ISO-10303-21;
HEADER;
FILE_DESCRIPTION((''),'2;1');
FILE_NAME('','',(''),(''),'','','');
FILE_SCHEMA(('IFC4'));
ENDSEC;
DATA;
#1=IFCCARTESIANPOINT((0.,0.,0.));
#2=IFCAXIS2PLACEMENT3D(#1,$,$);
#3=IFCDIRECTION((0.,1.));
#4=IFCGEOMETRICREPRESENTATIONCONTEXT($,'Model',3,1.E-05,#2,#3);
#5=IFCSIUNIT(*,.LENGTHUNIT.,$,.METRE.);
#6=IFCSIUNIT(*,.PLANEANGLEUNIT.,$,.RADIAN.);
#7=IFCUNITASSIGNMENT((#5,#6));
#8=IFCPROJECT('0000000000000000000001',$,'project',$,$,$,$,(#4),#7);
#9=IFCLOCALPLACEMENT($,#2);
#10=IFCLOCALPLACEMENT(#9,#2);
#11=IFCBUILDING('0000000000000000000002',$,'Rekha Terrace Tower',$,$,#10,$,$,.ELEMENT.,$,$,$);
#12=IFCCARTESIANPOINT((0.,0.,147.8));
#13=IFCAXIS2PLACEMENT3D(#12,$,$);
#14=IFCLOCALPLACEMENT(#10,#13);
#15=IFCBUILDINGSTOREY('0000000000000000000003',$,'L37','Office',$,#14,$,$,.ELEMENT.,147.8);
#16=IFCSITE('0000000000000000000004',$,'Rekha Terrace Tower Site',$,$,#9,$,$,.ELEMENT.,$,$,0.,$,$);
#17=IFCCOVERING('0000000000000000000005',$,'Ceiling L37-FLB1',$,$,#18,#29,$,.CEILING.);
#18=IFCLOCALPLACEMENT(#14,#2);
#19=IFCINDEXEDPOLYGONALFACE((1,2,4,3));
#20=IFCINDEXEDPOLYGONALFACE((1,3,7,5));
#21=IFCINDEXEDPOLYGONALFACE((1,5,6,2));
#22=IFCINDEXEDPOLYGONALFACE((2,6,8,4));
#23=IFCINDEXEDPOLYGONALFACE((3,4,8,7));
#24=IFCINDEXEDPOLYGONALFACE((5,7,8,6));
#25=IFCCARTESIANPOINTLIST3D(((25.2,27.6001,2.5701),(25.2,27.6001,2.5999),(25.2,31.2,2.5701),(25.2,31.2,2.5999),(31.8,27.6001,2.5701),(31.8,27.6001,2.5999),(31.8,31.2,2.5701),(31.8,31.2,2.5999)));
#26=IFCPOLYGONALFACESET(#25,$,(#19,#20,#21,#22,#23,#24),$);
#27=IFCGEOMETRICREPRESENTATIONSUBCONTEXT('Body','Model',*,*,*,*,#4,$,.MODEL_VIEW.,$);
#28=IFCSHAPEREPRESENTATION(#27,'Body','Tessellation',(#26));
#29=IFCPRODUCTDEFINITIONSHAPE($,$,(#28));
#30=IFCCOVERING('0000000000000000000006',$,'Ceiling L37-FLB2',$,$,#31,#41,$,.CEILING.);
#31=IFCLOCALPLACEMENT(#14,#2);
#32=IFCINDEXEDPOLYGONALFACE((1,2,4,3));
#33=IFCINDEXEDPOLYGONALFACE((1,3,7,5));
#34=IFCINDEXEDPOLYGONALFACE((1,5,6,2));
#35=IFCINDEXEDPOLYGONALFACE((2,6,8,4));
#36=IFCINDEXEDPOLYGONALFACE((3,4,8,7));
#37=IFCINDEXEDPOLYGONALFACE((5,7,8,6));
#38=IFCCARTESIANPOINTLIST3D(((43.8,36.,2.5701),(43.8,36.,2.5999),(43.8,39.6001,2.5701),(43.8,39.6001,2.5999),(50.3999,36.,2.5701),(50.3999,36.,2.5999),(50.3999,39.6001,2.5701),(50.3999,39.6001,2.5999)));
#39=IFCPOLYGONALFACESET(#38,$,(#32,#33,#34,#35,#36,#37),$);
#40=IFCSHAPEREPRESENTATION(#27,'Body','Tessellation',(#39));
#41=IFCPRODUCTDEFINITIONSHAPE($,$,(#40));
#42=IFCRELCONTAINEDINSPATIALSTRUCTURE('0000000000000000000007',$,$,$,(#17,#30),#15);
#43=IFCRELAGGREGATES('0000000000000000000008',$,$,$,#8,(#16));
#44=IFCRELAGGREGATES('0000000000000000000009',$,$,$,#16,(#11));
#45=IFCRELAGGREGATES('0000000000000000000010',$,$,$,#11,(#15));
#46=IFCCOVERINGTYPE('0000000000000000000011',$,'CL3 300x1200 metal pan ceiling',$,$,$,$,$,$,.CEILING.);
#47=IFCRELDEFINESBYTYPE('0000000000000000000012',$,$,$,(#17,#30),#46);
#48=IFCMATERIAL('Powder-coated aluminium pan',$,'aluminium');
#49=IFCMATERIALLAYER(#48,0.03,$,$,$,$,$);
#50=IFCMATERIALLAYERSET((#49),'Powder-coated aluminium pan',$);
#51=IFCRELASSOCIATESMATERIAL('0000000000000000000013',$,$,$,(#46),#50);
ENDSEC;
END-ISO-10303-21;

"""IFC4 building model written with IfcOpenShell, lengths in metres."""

from ifc_helpers import new_model, si_unit, direction, frame, origin, place, context, subcontext, project, spatial, polyline, outline, extrude, material, layer, layer_set, type_object, element, save


model = new_model("IFC4")

# Units and contexts
model_context = context("Model", 3, precision=1e-05, world=origin(), true_north=direction((0.0, 1.0)))
body_context = subcontext(model_context, "Body", "Model", "MODEL_VIEW")
ifc_project = project(units=[si_unit("LENGTHUNIT", "METRE"), si_unit("PLANEANGLEUNIT", "RADIAN")], contexts=[model_context])

# Site, building, storey
site_placement = place(None, origin())
site = spatial("IfcSite", under=ifc_project, at=site_placement, Name="Rekha Terrace Tower Site", CompositionType="ELEMENT", RefElevation=0.0)
building_placement = place(site_placement, origin())
building = spatial("IfcBuilding", under=site, at=building_placement, Name="Rekha Terrace Tower", CompositionType="ELEMENT")
storey_placement = place(building_placement, frame((0.0, 0.0, 147.8)))
storey = spatial("IfcBuildingStorey", under=building, at=storey_placement, Name="L37", Description="Office", CompositionType="ELEMENT", Elevation=147.8)

# Coverings
ifc_material_1 = material(Name="Powder-coated aluminium pan", Category="aluminium")
ifc_layer_1 = layer(ifc_material_1, 0.03)
ifc_layer_set_1 = layer_set([ifc_layer_1], Name="Powder-coated aluminium pan")
covering_type_1 = type_object("IfcCoveringType", Name="CL3 300x1200 metal pan ceiling", PredefinedType="CEILING", material=ifc_layer_set_1)
covering_1_placement = place(storey_placement, frame((0.0, 0.0, 2.5701)))
element("IfcCovering", 1, at=covering_1_placement, inside=storey, type_object=covering_type_1, Name="Ceiling L37-FLB1", PredefinedType="CEILING", context=body_context, shape_type="SweptSolid", body=[
    extrude(outline(polyline([(31.8, 31.2), (25.2, 31.2), (25.2, 27.6001), (31.8, 27.6001), (31.8, 31.2)])), origin(), (0.0, 0.0, 1.0), 0.0298),
])
covering_2_placement = place(storey_placement, frame((0.0, 0.0, 2.5701)))
element("IfcCovering", 2, at=covering_2_placement, inside=storey, type_object=covering_type_1, Name="Ceiling L37-FLB2", PredefinedType="CEILING", context=body_context, shape_type="SweptSolid", body=[
    extrude(outline(polyline([(50.3999, 39.6001), (43.8, 39.6001), (43.8, 36.0), (50.3999, 36.0), (50.3999, 39.6001)])), origin(), (0.0, 0.0, 1.0), 0.0298),
])

save(model, "model.ifc")
